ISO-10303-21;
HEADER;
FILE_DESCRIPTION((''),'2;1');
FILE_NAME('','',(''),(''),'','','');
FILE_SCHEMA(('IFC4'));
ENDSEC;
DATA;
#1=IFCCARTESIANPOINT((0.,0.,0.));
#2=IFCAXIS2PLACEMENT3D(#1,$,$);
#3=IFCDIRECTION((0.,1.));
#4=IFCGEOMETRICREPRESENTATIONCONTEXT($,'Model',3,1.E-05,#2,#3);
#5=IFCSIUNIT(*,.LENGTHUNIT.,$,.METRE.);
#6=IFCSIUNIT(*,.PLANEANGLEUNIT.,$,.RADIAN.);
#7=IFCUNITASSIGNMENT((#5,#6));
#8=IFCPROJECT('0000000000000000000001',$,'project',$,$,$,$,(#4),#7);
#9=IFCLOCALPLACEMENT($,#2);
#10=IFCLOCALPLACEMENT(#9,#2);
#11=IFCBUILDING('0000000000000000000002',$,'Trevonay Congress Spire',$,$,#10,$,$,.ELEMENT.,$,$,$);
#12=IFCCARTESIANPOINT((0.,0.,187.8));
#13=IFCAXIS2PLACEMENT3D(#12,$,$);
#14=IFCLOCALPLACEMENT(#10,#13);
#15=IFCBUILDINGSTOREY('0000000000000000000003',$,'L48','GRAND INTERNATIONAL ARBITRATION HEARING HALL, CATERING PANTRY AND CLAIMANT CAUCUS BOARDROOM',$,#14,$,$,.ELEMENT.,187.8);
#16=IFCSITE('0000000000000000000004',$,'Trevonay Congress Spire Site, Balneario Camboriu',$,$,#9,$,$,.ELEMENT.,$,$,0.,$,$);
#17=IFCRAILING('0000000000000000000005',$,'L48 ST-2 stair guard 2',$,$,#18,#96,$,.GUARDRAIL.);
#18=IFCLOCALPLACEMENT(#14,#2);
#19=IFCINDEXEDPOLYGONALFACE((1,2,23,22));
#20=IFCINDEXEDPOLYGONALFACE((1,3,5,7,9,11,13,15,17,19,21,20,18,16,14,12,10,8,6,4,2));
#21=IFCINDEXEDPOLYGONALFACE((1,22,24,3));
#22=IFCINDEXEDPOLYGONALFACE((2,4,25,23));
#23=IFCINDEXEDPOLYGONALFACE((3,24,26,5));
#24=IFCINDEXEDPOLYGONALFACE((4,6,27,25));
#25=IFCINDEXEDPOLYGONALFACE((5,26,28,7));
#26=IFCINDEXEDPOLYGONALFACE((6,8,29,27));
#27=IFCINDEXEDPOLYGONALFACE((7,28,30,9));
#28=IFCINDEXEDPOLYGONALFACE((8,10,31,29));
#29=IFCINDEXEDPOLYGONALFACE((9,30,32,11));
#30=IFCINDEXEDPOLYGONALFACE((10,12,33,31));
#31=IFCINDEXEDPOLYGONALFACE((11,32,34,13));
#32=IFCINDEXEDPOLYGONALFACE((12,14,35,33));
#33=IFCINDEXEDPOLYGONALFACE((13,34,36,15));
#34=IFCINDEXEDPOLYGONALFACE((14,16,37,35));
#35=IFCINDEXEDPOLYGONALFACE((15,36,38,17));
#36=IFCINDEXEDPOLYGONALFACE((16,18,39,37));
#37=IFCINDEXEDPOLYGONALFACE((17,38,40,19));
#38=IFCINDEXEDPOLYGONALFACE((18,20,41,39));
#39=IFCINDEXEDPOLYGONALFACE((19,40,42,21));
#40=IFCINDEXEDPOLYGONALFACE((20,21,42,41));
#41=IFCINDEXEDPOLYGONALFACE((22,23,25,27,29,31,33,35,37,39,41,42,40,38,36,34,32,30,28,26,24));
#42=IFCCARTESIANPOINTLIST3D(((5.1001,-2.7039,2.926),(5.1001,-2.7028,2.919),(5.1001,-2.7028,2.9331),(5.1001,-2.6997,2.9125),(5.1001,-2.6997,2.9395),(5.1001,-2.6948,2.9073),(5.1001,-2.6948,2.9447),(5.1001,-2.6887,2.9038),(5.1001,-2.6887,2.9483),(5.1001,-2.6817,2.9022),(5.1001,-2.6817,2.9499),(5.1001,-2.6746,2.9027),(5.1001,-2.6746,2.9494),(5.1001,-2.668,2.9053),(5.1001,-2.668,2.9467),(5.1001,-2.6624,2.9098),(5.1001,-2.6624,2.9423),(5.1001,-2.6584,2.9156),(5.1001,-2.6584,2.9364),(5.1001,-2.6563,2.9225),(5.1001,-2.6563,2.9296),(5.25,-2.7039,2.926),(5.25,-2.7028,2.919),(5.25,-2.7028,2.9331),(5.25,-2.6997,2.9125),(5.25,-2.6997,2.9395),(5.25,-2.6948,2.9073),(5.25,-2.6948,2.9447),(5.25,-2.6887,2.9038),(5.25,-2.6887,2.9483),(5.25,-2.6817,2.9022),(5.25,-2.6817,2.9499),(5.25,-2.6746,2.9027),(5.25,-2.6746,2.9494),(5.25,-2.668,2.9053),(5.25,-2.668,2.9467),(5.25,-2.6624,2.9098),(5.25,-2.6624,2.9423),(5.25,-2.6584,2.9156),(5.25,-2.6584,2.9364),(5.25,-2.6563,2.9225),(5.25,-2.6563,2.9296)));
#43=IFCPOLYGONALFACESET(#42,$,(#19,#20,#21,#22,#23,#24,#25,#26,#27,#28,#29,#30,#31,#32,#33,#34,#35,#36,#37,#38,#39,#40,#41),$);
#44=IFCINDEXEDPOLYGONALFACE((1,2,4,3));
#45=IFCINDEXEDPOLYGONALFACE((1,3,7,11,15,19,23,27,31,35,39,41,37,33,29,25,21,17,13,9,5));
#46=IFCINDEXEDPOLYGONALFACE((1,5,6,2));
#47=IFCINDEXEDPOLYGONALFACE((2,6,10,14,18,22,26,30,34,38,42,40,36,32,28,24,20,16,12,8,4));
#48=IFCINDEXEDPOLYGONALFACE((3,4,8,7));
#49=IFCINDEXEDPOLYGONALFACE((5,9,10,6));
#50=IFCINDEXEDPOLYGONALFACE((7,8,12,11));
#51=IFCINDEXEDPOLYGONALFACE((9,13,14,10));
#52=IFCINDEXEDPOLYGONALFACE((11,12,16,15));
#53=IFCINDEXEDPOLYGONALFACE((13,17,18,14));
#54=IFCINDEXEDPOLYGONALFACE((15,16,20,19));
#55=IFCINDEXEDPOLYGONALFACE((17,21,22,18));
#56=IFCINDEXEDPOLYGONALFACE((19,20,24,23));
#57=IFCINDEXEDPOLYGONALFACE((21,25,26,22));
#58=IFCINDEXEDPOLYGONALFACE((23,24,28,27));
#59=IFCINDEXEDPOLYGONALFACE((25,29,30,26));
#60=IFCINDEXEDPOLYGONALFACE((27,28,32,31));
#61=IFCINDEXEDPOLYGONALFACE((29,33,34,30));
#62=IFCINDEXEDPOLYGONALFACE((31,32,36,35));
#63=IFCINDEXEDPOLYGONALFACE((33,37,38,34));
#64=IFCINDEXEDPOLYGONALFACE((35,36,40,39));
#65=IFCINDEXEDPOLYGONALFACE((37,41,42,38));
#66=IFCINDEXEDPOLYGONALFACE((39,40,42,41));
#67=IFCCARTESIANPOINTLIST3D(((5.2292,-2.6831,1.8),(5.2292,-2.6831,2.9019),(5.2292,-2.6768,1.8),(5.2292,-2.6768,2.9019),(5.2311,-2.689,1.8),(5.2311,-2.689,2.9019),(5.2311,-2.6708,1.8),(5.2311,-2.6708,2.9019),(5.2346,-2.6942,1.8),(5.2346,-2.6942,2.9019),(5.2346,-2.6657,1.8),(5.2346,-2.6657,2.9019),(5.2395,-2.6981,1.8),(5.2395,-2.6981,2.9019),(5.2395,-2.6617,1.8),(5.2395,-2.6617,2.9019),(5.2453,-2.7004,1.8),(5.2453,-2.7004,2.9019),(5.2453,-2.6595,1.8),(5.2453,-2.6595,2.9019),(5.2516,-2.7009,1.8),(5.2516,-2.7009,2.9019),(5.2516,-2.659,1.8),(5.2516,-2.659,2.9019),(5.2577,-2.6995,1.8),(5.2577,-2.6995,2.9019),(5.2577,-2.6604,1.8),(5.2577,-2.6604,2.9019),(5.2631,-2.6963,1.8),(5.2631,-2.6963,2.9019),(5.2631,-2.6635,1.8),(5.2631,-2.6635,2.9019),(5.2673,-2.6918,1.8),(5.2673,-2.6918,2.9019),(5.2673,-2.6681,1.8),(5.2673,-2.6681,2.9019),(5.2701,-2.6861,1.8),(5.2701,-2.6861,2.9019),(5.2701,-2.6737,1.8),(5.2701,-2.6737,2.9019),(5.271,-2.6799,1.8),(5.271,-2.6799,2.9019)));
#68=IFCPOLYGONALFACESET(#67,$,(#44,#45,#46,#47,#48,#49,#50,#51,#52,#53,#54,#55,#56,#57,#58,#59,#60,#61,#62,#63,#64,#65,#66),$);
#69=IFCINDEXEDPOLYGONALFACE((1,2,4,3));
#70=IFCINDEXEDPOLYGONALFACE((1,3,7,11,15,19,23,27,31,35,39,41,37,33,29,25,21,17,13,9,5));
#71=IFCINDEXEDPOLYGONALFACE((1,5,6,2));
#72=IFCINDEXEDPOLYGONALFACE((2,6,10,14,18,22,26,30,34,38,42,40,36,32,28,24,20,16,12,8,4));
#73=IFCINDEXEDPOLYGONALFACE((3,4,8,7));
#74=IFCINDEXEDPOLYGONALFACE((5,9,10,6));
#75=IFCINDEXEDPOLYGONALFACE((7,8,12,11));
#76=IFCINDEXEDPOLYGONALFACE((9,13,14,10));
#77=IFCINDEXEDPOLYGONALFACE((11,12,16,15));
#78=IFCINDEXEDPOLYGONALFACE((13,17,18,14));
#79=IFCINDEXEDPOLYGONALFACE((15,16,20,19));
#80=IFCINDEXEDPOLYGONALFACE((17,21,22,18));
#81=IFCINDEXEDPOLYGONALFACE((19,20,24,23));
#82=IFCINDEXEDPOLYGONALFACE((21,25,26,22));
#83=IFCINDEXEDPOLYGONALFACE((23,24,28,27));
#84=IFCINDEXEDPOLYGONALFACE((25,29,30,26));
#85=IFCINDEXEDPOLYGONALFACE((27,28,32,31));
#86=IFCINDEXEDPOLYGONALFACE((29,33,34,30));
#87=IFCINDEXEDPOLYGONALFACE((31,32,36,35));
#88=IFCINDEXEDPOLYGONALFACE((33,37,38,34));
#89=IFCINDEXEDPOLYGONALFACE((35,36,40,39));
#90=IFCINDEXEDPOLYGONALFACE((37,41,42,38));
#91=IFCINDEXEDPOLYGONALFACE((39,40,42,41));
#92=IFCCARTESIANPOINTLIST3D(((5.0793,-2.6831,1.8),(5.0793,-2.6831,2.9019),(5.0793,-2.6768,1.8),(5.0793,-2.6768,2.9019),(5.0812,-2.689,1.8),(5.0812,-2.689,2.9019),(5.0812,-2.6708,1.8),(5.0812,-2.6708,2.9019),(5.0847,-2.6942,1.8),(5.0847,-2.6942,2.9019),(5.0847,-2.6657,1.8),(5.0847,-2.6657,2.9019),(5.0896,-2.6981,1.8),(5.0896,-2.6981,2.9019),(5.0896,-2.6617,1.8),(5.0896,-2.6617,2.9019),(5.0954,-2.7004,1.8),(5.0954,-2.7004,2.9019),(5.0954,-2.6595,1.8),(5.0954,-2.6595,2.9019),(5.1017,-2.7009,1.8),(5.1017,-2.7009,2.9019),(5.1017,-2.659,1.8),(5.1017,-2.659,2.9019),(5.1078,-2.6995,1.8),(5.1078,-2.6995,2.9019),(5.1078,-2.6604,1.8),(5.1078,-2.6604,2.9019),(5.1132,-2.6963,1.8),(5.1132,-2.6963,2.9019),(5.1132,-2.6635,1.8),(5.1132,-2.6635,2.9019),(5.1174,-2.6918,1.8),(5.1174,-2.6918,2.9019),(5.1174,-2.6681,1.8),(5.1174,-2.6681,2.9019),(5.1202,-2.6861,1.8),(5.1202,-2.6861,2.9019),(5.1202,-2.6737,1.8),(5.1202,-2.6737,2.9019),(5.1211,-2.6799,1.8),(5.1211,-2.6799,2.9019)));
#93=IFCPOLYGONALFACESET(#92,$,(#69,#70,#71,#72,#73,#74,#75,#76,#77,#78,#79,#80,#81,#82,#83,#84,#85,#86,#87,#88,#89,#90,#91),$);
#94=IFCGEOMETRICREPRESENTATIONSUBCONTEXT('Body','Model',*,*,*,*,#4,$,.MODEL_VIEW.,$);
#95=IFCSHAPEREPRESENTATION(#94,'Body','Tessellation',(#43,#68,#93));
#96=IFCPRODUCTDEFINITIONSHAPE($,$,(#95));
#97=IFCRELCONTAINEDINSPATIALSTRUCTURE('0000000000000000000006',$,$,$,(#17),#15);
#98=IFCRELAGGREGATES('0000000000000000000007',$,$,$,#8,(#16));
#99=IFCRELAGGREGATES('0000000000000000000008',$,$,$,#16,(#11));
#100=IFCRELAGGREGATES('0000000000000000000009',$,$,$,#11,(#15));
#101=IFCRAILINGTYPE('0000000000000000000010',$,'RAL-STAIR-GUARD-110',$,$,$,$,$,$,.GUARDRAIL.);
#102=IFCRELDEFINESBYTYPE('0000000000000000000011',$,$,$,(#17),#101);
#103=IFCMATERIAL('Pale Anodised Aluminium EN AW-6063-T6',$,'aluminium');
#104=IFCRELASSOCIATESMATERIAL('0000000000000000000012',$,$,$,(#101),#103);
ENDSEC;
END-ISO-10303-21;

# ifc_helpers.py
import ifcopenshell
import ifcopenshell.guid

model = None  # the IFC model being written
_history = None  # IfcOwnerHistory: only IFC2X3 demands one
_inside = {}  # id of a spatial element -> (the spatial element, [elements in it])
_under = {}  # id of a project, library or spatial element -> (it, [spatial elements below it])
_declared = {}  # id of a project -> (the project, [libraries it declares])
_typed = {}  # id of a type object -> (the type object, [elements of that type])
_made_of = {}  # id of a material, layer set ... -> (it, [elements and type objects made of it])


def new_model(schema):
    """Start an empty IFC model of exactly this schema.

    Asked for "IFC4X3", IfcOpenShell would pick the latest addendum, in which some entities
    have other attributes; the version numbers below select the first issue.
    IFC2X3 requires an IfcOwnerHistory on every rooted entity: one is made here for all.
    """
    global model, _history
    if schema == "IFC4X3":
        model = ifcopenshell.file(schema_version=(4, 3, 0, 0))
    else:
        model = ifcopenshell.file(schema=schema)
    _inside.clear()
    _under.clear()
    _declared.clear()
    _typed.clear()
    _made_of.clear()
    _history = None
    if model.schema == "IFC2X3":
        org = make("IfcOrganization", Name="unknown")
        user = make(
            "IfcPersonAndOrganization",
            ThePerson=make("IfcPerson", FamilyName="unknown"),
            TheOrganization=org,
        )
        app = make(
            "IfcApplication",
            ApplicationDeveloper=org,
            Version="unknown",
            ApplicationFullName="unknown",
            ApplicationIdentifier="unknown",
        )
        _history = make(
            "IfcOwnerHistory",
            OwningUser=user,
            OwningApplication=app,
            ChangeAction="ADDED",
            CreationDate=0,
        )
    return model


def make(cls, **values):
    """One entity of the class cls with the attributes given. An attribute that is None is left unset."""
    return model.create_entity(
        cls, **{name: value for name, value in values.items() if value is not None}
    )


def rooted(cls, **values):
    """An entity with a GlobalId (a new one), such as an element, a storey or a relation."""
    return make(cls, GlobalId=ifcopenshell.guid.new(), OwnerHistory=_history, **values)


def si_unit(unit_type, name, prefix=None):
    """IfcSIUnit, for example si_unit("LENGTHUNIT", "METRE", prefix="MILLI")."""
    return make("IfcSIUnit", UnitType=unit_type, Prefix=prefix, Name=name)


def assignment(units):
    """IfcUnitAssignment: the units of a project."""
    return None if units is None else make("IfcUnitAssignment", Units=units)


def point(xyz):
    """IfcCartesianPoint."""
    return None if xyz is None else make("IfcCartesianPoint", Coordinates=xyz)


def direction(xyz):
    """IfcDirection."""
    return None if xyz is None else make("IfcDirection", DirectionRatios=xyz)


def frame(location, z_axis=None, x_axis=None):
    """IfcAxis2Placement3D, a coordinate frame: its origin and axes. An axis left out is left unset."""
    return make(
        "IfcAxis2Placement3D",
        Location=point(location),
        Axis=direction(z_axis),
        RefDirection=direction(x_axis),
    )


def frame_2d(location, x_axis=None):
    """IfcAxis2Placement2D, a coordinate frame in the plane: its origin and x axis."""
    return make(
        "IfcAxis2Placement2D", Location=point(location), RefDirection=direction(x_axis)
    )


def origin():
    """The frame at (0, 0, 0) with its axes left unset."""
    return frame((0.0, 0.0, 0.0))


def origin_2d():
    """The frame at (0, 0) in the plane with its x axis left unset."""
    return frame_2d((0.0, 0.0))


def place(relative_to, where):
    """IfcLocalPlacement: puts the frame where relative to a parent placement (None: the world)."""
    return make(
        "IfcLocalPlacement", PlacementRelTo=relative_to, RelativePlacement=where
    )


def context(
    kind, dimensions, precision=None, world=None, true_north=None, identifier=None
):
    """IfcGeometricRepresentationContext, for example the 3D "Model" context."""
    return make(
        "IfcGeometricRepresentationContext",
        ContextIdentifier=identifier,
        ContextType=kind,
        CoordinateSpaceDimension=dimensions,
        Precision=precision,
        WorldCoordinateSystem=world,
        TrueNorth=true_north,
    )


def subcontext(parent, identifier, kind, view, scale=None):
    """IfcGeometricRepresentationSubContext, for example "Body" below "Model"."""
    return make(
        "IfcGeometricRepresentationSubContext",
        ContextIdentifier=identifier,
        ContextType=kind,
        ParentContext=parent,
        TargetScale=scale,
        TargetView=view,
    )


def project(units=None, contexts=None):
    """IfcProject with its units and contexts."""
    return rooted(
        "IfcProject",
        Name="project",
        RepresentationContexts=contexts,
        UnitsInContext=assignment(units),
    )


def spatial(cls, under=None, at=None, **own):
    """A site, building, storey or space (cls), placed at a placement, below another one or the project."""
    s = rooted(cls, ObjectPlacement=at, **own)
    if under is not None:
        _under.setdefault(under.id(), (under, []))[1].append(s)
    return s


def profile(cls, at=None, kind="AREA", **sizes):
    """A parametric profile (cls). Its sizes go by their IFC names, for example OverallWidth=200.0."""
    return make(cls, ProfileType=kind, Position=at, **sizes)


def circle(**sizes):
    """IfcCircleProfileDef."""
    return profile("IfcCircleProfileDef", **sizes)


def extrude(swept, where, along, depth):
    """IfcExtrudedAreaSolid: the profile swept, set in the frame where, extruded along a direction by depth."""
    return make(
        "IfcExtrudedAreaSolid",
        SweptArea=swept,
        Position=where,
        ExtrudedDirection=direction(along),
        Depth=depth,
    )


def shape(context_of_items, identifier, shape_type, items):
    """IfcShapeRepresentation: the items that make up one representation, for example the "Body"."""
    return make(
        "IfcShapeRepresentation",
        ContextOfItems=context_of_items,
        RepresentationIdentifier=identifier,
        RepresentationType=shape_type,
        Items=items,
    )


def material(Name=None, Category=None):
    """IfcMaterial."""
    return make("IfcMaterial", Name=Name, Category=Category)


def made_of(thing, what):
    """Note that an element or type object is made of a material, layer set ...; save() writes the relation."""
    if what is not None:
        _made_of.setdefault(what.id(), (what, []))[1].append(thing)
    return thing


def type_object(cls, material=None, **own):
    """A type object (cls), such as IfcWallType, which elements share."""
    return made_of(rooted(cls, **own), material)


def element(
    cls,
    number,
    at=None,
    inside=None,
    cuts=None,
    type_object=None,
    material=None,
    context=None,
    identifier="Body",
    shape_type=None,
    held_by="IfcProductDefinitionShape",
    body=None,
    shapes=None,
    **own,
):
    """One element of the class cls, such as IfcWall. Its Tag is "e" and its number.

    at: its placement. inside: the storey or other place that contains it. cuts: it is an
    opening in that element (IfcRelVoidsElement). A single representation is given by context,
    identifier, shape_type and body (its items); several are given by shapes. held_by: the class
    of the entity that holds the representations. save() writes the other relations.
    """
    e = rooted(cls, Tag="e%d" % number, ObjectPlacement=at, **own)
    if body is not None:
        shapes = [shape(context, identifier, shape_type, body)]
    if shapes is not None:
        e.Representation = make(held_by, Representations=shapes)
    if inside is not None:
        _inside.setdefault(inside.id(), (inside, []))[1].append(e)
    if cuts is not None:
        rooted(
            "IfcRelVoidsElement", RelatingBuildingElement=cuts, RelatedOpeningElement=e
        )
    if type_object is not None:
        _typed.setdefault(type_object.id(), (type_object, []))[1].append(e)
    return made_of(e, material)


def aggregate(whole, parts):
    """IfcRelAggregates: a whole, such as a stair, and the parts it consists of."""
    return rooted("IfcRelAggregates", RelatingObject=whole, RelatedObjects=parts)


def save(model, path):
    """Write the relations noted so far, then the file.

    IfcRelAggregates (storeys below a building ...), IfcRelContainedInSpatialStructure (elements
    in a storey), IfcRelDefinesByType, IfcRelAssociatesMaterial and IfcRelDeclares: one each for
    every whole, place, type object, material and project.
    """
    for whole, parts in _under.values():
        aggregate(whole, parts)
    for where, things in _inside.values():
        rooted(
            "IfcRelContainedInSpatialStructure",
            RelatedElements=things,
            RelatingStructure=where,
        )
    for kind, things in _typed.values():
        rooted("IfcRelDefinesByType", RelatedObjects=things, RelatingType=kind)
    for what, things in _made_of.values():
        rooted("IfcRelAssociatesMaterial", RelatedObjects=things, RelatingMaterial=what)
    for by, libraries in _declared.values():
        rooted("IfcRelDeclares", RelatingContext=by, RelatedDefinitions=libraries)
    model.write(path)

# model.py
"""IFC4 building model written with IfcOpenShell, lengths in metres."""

from ifc_helpers import new_model, si_unit, direction, frame, origin, origin_2d, place, context, subcontext, project, spatial, circle, extrude, material, type_object, element, save


model = new_model("IFC4")

# Units and contexts
model_context = context("Model", 3, precision=1e-05, world=origin(), true_north=direction((0.0, 1.0)))
body_context = subcontext(model_context, "Body", "Model", "MODEL_VIEW")
ifc_project = project(units=[si_unit("LENGTHUNIT", "METRE"), si_unit("PLANEANGLEUNIT", "RADIAN")], contexts=[model_context])

# Site, building, storey
site_placement = place(None, origin())
site = spatial("IfcSite", under=ifc_project, at=site_placement, Name="Trevonay Congress Spire Site, Balneario Camboriu", CompositionType="ELEMENT", RefElevation=0.0)
building_placement = place(site_placement, origin())
building = spatial("IfcBuilding", under=site, at=building_placement, Name="Trevonay Congress Spire", CompositionType="ELEMENT")
storey_placement = place(building_placement, frame((0.0, 0.0, 187.8)))
storey = spatial("IfcBuildingStorey", under=building, at=storey_placement, Name="L48", Description="GRAND INTERNATIONAL ARBITRATION HEARING HALL, CATERING PANTRY AND CLAIMANT CAUCUS BOARDROOM", CompositionType="ELEMENT", Elevation=187.8)

# Shared definitions
ifc_material_1 = material(Name="Pale Anodised Aluminium EN AW-6063-T6", Category="aluminium")

# Railing
railing_type_1 = type_object("IfcRailingType", Name="RAL-STAIR-GUARD-110", PredefinedType="GUARDRAIL", material=ifc_material_1)
railing_1_placement = place(storey_placement, frame((5.25, -2.6799, 1.8)))
element("IfcRailing", 1, at=railing_1_placement, inside=storey, type_object=railing_type_1, Name="L48 ST-2 stair guard 2", PredefinedType="GUARDRAIL", context=body_context, shape_type="SweptSolid", body=[
    extrude(circle(Radius=0.0239, at=origin_2d()), frame((0.0, 0.0, 1.126), z_axis=(-1.0, 0.0, 0.0), x_axis=(0.0, -1.0, 0.0)), (0.0, 0.0, 1.0), 0.1499),
    extrude(circle(Radius=0.021, at=origin_2d()), origin(), (0.0, 0.0, 1.0), 1.1018),
    extrude(circle(Radius=0.021, at=origin_2d()), frame((-0.1499, 0.0, 0.0)), (0.0, 0.0, 1.0), 1.1018),
])

save(model, "model.ifc")
